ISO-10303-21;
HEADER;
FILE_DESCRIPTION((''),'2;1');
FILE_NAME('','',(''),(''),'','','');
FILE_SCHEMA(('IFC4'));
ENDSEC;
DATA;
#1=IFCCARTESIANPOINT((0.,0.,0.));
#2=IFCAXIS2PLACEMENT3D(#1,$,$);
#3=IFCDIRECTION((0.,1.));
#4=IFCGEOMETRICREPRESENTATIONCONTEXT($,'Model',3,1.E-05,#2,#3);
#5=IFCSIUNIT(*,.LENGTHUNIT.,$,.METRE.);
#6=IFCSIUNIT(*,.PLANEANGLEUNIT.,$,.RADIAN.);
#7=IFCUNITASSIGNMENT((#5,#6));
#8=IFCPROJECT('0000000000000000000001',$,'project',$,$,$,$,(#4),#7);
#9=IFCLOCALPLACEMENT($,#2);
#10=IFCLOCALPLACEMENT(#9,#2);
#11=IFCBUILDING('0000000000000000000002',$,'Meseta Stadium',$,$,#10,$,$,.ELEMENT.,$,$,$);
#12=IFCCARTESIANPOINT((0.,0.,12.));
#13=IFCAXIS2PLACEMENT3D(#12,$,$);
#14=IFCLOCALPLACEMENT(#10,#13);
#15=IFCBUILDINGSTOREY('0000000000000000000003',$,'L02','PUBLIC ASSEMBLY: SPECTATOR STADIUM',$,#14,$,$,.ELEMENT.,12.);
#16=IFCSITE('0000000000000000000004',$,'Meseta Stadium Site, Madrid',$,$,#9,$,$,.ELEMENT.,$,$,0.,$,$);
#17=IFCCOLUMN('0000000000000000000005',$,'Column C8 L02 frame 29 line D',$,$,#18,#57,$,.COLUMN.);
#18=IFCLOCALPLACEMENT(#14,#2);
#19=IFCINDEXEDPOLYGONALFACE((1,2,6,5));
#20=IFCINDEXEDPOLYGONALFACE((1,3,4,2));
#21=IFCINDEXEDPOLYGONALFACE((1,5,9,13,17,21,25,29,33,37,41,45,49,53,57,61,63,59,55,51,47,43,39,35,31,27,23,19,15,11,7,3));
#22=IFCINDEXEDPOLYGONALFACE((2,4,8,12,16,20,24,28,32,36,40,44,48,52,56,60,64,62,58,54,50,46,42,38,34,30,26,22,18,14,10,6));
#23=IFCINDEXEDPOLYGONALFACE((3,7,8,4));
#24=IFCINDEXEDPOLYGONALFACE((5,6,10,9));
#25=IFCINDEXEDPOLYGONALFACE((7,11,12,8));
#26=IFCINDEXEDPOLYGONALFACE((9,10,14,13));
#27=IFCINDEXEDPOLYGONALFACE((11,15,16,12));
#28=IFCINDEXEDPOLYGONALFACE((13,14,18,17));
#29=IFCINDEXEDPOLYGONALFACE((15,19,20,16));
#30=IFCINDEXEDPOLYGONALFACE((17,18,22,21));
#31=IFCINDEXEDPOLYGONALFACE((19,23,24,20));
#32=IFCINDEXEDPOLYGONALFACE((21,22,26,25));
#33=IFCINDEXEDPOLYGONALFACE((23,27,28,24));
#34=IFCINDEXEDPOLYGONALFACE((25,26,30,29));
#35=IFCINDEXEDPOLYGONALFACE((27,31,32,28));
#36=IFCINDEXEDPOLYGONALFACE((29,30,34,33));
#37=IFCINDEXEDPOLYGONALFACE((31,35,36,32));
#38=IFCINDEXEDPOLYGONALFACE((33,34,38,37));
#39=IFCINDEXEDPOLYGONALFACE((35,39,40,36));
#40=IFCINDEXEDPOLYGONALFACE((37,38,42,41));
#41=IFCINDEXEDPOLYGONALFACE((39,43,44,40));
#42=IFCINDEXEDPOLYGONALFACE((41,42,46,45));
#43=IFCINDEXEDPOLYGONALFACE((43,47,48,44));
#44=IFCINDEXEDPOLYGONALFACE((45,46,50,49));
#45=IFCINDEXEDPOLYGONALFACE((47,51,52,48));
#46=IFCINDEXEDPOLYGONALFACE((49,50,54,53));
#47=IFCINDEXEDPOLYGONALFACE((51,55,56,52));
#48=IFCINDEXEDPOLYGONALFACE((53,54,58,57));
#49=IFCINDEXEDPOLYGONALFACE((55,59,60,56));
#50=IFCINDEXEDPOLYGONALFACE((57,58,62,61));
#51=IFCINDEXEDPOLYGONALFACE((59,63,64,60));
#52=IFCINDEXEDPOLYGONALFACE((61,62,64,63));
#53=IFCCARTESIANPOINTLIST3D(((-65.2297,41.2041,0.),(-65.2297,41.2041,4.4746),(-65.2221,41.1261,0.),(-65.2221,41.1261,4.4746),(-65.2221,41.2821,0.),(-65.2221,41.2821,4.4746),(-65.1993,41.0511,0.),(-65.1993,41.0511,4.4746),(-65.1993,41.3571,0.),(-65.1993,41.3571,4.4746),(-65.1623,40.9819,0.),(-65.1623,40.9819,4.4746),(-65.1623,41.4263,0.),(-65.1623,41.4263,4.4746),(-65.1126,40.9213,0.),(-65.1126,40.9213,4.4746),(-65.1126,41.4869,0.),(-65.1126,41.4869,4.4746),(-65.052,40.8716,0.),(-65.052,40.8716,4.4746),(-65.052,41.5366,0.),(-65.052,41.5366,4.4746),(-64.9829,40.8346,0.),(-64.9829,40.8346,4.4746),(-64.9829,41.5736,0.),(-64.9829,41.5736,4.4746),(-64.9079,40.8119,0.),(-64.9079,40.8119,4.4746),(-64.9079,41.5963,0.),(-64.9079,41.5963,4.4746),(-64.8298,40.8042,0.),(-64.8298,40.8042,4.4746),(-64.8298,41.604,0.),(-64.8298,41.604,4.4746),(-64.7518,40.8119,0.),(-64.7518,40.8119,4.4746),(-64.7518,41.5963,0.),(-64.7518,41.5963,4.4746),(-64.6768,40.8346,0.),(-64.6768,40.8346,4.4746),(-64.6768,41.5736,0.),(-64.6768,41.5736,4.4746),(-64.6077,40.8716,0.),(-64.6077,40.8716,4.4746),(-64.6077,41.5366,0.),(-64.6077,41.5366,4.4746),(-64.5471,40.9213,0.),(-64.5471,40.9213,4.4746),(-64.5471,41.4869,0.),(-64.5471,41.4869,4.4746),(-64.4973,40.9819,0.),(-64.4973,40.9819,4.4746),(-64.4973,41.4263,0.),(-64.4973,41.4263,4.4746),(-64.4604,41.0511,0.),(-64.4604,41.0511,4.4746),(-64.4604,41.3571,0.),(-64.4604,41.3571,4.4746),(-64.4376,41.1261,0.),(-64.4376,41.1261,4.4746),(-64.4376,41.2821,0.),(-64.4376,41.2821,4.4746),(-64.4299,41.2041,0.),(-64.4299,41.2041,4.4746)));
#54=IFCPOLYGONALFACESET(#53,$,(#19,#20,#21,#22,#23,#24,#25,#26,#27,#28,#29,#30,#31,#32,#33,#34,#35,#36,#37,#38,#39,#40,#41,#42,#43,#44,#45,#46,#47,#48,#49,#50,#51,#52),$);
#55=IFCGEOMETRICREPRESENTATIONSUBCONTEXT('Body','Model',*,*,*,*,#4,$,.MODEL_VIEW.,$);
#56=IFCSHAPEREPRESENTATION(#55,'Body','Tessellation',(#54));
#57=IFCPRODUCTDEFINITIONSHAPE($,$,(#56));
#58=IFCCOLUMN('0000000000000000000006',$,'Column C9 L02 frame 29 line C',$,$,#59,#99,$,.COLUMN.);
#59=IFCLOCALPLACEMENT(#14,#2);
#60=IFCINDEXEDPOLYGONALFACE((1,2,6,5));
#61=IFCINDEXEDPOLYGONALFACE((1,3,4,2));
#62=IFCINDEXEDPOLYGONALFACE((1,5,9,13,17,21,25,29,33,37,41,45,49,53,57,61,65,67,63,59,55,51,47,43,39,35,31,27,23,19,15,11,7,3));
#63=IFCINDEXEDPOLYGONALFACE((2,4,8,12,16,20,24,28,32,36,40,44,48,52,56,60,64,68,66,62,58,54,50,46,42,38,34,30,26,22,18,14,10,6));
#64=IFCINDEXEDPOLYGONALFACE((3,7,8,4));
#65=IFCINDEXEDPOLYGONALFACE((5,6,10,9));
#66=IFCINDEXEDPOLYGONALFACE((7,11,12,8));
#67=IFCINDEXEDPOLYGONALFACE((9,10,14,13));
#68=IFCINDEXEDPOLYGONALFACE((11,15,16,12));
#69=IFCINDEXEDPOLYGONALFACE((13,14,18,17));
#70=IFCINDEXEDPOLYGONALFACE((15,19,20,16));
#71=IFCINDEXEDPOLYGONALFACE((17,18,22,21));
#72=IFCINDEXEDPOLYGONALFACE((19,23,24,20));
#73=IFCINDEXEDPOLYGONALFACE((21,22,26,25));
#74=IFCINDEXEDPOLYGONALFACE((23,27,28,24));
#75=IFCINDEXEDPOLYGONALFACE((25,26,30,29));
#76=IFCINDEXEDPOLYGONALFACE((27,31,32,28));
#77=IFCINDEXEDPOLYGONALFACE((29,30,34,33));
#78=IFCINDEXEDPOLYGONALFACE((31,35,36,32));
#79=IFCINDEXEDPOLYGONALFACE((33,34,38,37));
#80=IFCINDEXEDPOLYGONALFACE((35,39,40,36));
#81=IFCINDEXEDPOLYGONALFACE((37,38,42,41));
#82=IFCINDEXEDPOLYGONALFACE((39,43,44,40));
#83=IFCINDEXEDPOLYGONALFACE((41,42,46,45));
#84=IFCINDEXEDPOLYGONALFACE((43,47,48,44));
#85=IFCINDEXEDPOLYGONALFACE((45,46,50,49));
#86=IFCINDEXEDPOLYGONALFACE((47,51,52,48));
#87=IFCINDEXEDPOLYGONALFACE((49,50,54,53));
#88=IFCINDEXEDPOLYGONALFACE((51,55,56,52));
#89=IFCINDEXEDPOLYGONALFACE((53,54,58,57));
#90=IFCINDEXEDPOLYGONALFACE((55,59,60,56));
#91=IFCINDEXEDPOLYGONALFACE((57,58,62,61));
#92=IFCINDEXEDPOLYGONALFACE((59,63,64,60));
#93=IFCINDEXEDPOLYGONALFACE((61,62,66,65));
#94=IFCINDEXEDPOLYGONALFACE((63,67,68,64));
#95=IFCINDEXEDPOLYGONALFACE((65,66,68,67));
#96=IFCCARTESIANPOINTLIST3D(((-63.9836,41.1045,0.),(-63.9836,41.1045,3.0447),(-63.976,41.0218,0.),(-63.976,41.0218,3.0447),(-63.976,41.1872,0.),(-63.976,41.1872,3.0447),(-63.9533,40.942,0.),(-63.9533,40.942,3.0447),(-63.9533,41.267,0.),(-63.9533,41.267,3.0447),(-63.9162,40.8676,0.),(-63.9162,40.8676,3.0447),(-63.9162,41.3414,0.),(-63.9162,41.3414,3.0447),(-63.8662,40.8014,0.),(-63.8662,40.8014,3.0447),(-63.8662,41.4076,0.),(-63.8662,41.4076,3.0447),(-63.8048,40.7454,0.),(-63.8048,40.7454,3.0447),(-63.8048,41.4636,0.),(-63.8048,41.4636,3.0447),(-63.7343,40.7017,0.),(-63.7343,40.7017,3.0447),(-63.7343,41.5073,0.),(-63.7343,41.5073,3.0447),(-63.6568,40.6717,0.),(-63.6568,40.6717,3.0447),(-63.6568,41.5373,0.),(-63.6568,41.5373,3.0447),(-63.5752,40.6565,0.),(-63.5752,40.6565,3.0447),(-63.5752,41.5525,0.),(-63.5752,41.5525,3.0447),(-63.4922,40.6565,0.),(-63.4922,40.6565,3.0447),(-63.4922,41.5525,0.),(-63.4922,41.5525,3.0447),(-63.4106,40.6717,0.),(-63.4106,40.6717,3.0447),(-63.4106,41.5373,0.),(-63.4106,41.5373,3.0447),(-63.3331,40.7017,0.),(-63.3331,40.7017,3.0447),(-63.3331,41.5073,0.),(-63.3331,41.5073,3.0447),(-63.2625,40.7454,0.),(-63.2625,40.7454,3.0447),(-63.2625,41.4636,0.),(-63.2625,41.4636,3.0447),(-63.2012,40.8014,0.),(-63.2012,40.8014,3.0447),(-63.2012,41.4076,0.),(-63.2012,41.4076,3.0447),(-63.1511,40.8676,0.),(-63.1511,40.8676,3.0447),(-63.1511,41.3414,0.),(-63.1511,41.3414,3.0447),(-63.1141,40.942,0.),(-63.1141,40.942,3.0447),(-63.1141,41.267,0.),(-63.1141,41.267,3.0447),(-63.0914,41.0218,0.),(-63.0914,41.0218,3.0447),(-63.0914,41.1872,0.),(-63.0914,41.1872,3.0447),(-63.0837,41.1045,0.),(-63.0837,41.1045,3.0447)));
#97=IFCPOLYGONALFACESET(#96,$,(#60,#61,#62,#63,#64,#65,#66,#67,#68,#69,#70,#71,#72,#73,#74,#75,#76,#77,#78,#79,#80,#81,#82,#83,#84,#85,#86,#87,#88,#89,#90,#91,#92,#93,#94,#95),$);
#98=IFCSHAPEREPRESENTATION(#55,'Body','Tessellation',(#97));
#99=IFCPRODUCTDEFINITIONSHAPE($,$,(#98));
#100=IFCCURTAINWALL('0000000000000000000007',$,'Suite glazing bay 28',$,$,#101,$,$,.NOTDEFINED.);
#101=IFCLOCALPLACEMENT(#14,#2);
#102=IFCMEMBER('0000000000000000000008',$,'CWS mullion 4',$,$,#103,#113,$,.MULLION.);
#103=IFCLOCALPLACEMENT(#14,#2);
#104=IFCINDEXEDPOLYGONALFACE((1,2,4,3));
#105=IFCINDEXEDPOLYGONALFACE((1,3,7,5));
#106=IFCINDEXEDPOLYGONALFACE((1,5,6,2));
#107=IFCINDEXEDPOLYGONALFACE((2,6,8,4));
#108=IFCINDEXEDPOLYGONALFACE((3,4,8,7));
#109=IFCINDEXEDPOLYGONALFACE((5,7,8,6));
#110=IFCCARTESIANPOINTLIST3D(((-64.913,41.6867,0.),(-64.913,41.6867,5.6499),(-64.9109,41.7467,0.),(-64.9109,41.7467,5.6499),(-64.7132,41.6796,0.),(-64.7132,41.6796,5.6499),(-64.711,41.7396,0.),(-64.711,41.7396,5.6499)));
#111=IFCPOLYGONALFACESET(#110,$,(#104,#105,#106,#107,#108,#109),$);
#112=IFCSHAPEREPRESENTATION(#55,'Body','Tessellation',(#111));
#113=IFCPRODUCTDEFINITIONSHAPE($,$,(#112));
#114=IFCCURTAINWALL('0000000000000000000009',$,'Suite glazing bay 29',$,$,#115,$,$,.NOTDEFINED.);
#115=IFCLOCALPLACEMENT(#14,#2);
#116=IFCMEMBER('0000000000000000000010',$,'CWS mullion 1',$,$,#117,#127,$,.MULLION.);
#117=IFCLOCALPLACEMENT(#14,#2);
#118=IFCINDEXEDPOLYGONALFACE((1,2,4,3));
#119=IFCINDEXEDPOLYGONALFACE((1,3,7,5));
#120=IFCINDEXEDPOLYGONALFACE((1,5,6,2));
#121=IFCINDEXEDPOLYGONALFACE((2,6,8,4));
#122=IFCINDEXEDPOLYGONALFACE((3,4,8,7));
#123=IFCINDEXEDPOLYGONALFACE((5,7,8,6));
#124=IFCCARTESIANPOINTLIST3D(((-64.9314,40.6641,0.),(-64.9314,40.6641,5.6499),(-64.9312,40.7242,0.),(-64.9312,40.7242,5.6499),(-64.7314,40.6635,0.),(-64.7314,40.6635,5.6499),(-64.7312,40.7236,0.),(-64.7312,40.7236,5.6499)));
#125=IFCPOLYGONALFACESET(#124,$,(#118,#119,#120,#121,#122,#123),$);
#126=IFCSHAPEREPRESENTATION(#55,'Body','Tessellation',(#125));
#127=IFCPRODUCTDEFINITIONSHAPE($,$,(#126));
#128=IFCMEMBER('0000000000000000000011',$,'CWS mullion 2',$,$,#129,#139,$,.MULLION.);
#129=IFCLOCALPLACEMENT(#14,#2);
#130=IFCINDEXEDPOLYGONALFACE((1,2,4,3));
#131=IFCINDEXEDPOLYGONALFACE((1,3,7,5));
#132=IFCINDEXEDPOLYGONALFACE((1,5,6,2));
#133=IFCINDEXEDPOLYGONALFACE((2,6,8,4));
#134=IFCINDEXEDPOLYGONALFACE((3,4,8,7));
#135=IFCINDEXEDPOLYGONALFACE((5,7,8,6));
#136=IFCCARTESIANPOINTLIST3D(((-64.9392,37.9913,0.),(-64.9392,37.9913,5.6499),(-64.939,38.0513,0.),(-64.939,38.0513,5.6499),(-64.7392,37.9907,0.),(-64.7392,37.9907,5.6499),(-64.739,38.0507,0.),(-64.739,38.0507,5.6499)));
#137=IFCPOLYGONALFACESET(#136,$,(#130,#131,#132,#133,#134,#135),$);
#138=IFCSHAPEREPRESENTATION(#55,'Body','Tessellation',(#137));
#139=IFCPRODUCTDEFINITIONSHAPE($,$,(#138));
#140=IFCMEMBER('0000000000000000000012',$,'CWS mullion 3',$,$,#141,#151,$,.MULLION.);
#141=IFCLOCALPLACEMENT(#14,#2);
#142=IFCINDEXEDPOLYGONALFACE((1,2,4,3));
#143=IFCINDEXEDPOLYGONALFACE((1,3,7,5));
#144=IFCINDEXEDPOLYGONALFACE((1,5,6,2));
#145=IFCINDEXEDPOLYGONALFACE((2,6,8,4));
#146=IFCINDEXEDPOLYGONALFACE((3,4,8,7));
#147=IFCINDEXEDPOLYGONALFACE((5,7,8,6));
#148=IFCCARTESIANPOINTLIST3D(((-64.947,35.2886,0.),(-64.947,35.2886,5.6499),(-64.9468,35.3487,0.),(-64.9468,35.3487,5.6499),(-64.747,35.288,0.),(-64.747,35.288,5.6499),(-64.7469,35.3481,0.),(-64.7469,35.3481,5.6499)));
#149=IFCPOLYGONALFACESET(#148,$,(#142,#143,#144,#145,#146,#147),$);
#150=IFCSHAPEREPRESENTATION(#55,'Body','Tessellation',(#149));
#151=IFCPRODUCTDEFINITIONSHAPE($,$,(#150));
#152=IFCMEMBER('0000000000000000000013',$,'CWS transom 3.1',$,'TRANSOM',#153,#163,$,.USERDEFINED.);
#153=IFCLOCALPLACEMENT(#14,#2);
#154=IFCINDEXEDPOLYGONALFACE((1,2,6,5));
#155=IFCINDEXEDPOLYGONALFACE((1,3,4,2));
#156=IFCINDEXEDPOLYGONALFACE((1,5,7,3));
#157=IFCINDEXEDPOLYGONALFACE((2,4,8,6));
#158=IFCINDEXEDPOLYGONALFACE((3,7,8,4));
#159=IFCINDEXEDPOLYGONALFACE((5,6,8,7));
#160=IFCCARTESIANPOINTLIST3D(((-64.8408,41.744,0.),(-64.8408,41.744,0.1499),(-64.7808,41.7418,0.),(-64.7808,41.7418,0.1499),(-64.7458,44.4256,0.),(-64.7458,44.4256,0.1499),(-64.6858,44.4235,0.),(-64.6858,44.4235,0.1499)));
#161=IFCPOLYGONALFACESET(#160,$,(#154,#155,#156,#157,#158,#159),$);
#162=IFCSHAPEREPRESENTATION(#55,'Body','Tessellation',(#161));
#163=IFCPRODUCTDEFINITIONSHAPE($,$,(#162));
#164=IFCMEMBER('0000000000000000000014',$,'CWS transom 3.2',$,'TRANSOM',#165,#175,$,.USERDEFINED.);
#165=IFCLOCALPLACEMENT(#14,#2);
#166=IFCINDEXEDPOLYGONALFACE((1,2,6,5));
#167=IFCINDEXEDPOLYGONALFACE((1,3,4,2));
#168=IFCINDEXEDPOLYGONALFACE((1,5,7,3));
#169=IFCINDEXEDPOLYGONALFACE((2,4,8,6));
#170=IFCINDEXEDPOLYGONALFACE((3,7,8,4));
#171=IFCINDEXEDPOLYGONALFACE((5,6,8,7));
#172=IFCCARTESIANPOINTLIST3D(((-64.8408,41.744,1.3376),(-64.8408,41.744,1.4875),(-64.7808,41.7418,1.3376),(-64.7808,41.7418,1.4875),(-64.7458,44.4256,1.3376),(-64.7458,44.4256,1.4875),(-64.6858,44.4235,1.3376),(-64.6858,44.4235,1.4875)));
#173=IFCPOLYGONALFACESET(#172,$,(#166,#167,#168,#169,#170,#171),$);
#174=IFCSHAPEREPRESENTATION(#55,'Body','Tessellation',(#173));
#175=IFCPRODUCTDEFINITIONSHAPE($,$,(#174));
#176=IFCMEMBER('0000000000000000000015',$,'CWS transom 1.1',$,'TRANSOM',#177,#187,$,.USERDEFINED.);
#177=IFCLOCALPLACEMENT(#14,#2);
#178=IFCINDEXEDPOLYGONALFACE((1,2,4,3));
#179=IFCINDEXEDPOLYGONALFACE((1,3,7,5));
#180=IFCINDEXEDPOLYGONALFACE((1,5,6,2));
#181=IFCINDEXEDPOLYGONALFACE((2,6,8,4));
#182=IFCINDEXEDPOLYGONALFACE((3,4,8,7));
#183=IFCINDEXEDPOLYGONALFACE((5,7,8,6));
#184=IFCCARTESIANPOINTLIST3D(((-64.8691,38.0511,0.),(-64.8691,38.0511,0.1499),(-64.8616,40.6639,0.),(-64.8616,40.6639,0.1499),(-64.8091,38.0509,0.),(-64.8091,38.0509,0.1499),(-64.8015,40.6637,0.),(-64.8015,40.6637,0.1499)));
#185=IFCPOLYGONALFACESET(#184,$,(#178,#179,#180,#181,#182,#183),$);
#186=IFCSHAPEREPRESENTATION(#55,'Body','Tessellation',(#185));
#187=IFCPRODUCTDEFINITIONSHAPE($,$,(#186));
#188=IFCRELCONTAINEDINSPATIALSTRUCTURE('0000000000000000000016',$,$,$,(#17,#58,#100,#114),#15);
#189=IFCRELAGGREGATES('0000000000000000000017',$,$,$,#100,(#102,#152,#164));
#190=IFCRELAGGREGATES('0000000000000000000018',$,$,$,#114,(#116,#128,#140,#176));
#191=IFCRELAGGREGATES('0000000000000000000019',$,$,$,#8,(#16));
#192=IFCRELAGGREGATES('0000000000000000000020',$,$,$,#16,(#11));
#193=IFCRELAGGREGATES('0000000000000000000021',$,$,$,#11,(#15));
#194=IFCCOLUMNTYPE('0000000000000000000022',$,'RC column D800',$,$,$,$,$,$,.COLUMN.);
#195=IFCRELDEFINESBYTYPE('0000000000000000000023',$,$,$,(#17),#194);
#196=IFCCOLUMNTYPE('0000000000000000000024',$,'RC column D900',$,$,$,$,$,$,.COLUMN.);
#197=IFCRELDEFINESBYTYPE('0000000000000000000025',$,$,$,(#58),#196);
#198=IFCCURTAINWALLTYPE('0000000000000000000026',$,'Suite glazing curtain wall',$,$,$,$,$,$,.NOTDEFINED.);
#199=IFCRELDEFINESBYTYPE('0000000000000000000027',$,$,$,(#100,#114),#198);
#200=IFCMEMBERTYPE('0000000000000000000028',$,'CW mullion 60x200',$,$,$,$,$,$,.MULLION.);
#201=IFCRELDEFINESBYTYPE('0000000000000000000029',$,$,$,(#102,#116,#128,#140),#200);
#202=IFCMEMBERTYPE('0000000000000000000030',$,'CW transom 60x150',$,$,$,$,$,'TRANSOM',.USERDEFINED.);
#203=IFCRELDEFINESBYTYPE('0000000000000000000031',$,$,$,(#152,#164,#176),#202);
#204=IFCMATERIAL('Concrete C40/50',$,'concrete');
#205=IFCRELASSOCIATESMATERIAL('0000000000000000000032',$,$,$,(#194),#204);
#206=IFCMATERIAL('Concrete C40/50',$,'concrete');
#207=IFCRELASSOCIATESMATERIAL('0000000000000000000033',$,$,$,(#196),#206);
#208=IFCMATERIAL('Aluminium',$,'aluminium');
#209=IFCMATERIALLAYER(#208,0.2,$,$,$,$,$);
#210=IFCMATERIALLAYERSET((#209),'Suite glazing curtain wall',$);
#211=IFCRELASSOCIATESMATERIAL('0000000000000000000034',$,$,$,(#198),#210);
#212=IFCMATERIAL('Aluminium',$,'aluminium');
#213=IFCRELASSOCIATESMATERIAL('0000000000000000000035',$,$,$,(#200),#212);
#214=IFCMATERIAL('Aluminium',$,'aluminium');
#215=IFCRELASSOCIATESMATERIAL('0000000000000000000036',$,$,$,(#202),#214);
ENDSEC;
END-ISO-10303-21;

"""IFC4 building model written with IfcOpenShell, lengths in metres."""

from ifc_helpers import new_model, si_unit, direction, frame, origin, origin_2d, place, context, subcontext, project, spatial, rectangle, circle, extrude, material, layer, layer_set, material_profile, profile_set, type_object, element, aggregate, save


model = new_model("IFC4")

# Units and contexts
model_context = context("Model", 3, precision=1e-05, world=origin(), true_north=direction((0.0, 1.0)))
body_context = subcontext(model_context, "Body", "Model", "MODEL_VIEW")
ifc_project = project(units=[si_unit("LENGTHUNIT", "METRE"), si_unit("PLANEANGLEUNIT", "RADIAN")], contexts=[model_context])

# Site, building, storey
site_placement = place(None, origin())
site = spatial("IfcSite", under=ifc_project, at=site_placement, Name="Meseta Stadium Site, Madrid", CompositionType="ELEMENT", RefElevation=0.0)
building_placement = place(site_placement, origin())
building = spatial("IfcBuilding", under=site, at=building_placement, Name="Meseta Stadium", CompositionType="ELEMENT")
storey_placement = place(building_placement, frame((0.0, 0.0, 12.0)))
storey = spatial("IfcBuildingStorey", under=building, at=storey_placement, Name="L02", Description="PUBLIC ASSEMBLY: SPECTATOR STADIUM", CompositionType="ELEMENT", Elevation=12.0)

# Columns
ifc_material_1 = material(Name="Concrete C40/50", Category="concrete")
ifc_material_profile_1 = material_profile(ifc_material_1, circle(Radius=0.3999, at=origin_2d()), Name="RC D800")
ifc_profile_set_1 = profile_set([ifc_material_profile_1], Name="Concrete C40/50")
column_type_1 = type_object("IfcColumnType", Name="RC column D800", PredefinedType="COLUMN", material=ifc_profile_set_1)
column_1_placement = place(storey_placement, frame((-64.8298, 41.2041, 0.0), z_axis=(0.0, 0.0, 1.0), x_axis=(1.0, 0.0, 0.0)))
element("IfcColumn", 1, at=column_1_placement, inside=storey, type_object=column_type_1, Name="Column C8 L02 frame 29 line D", PredefinedType="COLUMN", context=body_context, shape_type="SweptSolid", body=[
    extrude(circle(Radius=0.3999, at=origin_2d()), origin(), (0.0, 0.0, 1.0), 4.4746),
])
ifc_material_2 = material(Name="Concrete C40/50", Category="concrete")
ifc_material_profile_2 = material_profile(ifc_material_2, circle(Radius=0.45, at=origin_2d()), Name="RC D900")
ifc_profile_set_2 = profile_set([ifc_material_profile_2], Name="Concrete C40/50")
column_type_2 = type_object("IfcColumnType", Name="RC column D900", PredefinedType="COLUMN", material=ifc_profile_set_2)
column_2_placement = place(storey_placement, frame((-63.5337, 41.1045, 0.0), z_axis=(0.0, 0.0, 1.0), x_axis=(1.0, 0.0, 0.0)))
element("IfcColumn", 2, at=column_2_placement, inside=storey, type_object=column_type_2, Name="Column C9 L02 frame 29 line C", PredefinedType="COLUMN", context=body_context, shape_type="SweptSolid", body=[
    extrude(circle(Radius=0.45, at=origin_2d()), origin(), (0.0, 0.0, 1.0), 3.0447),
])

# Curtain wall, member
ifc_material_3 = material(Name="Aluminium", Category="aluminium")
ifc_layer_1 = layer(ifc_material_3, 0.2)
ifc_layer_set_1 = layer_set([ifc_layer_1], Name="Suite glazing curtain wall")
curtain_wall_type = type_object("IfcCurtainWallType", Name="Suite glazing curtain wall", PredefinedType="NOTDEFINED", material=ifc_layer_set_1)
curtain_wall_1_placement = place(storey_placement, origin())
curtain_wall_1 = element("IfcCurtainWall", 3, at=curtain_wall_1_placement, inside=storey, type_object=curtain_wall_type, Name="Suite glazing bay 28", PredefinedType="NOTDEFINED")
ifc_material_4 = material(Name="Aluminium", Category="aluminium")
ifc_material_profile_3 = material_profile(ifc_material_4, rectangle(XDim=0.2, YDim=0.0601, at=origin_2d()), Name="CW 200x60")
ifc_profile_set_3 = profile_set([ifc_material_profile_3], Name="Aluminium")
member_type_1 = type_object("IfcMemberType", Name="CW mullion 60x200", PredefinedType="MULLION", material=ifc_profile_set_3)
member_1_placement = place(storey_placement, frame((-64.812, 41.7131, 0.0), z_axis=(0.0, 0.0, 1.0), x_axis=(0.999374, -0.035371, 0.0)))
member_1 = element("IfcMember", 4, at=member_1_placement, type_object=member_type_1, Name="CWS mullion 4", PredefinedType="MULLION", context=body_context, shape_type="SweptSolid", body=[
    extrude(rectangle(XDim=0.2, YDim=0.0601, at=origin_2d()), origin(), (0.0, 0.0, 1.0), 5.6499),
])

# Curtain wall, members
curtain_wall_2_placement = place(storey_placement, origin())
curtain_wall_2 = element("IfcCurtainWall", 5, at=curtain_wall_2_placement, inside=storey, type_object=curtain_wall_type, Name="Suite glazing bay 29", PredefinedType="NOTDEFINED")
member_2_placement = place(storey_placement, frame((-64.8313, 40.6938, 0.0), z_axis=(0.0, 0.0, 1.0), x_axis=(0.999996, -0.00291, 0.0)))
member_2 = element("IfcMember", 6, at=member_2_placement, type_object=member_type_1, Name="CWS mullion 1", PredefinedType="MULLION", context=body_context, shape_type="SweptSolid", body=[
    extrude(rectangle(XDim=0.2, YDim=0.0601, at=origin_2d()), origin(), (0.0, 0.0, 1.0), 5.6499),
])
member_3_placement = place(storey_placement, frame((-64.8391, 38.021, 0.0), z_axis=(0.0, 0.0, 1.0), x_axis=(0.999996, -0.00291, 0.0)))
member_3 = element("IfcMember", 7, at=member_3_placement, type_object=member_type_1, Name="CWS mullion 2", PredefinedType="MULLION", context=body_context, shape_type="SweptSolid", body=[
    extrude(rectangle(XDim=0.2, YDim=0.0601, at=origin_2d()), origin(), (0.0, 0.0, 1.0), 5.6499),
])
member_4_placement = place(storey_placement, frame((-64.8469, 35.3184, 0.0), z_axis=(0.0, 0.0, 1.0), x_axis=(0.999996, -0.00291, 0.0)))
member_4 = element("IfcMember", 8, at=member_4_placement, type_object=member_type_1, Name="CWS mullion 3", PredefinedType="MULLION", context=body_context, shape_type="SweptSolid", body=[
    extrude(rectangle(XDim=0.2, YDim=0.0601, at=origin_2d()), origin(), (0.0, 0.0, 1.0), 5.6499),
])

# Members
ifc_material_5 = material(Name="Aluminium", Category="aluminium")
ifc_material_profile_4 = material_profile(ifc_material_5, rectangle(XDim=0.0601, YDim=0.1499, at=origin_2d()), Name="CW 60x150")
ifc_profile_set_4 = profile_set([ifc_material_profile_4], Name="Aluminium")
member_type_2 = type_object("IfcMemberType", Name="CW transom 60x150", ElementType="TRANSOM", PredefinedType="USERDEFINED", material=ifc_profile_set_4)
member_5_placement = place(storey_placement, frame((-64.7158, 44.4246, 0.075), z_axis=(-0.035393, -0.999373, 0.0), x_axis=(0.999373, -0.035393, 0.0)))
member_5 = element("IfcMember", 9, at=member_5_placement, type_object=member_type_2, Name="CWS transom 3.1", ObjectType="TRANSOM", PredefinedType="USERDEFINED", context=body_context, shape_type="SweptSolid", body=[
    extrude(rectangle(XDim=0.0601, YDim=0.1499, at=origin_2d()), origin(), (0.0, 0.0, 1.0), 2.6833),
])
member_6_placement = place(storey_placement, frame((-64.7158, 44.4246, 1.4126), z_axis=(-0.035393, -0.999373, 0.0), x_axis=(0.999373, -0.035393, 0.0)))
member_6 = element("IfcMember", 10, at=member_6_placement, type_object=member_type_2, Name="CWS transom 3.2", ObjectType="TRANSOM", PredefinedType="USERDEFINED", context=body_context, shape_type="SweptSolid", body=[
    extrude(rectangle(XDim=0.0601, YDim=0.1499, at=origin_2d()), origin(), (0.0, 0.0, 1.0), 2.6833),
])
member_7_placement = place(storey_placement, frame((-64.8315, 40.6638, 0.075), z_axis=(-0.002897, -0.999996, 0.0), x_axis=(0.999996, -0.002897, 0.0)))
member_7 = element("IfcMember", 11, at=member_7_placement, type_object=member_type_2, Name="CWS transom 1.1", ObjectType="TRANSOM", PredefinedType="USERDEFINED", context=body_context, shape_type="SweptSolid", body=[
    extrude(rectangle(XDim=0.0601, YDim=0.1499, at=origin_2d()), origin(), (0.0, 0.0, 1.0), 2.6128),
])

aggregate(curtain_wall_1, [member_1, member_5, member_6])
aggregate(curtain_wall_2, [member_2, member_3, member_4, member_7])

save(model, "model.ifc")
